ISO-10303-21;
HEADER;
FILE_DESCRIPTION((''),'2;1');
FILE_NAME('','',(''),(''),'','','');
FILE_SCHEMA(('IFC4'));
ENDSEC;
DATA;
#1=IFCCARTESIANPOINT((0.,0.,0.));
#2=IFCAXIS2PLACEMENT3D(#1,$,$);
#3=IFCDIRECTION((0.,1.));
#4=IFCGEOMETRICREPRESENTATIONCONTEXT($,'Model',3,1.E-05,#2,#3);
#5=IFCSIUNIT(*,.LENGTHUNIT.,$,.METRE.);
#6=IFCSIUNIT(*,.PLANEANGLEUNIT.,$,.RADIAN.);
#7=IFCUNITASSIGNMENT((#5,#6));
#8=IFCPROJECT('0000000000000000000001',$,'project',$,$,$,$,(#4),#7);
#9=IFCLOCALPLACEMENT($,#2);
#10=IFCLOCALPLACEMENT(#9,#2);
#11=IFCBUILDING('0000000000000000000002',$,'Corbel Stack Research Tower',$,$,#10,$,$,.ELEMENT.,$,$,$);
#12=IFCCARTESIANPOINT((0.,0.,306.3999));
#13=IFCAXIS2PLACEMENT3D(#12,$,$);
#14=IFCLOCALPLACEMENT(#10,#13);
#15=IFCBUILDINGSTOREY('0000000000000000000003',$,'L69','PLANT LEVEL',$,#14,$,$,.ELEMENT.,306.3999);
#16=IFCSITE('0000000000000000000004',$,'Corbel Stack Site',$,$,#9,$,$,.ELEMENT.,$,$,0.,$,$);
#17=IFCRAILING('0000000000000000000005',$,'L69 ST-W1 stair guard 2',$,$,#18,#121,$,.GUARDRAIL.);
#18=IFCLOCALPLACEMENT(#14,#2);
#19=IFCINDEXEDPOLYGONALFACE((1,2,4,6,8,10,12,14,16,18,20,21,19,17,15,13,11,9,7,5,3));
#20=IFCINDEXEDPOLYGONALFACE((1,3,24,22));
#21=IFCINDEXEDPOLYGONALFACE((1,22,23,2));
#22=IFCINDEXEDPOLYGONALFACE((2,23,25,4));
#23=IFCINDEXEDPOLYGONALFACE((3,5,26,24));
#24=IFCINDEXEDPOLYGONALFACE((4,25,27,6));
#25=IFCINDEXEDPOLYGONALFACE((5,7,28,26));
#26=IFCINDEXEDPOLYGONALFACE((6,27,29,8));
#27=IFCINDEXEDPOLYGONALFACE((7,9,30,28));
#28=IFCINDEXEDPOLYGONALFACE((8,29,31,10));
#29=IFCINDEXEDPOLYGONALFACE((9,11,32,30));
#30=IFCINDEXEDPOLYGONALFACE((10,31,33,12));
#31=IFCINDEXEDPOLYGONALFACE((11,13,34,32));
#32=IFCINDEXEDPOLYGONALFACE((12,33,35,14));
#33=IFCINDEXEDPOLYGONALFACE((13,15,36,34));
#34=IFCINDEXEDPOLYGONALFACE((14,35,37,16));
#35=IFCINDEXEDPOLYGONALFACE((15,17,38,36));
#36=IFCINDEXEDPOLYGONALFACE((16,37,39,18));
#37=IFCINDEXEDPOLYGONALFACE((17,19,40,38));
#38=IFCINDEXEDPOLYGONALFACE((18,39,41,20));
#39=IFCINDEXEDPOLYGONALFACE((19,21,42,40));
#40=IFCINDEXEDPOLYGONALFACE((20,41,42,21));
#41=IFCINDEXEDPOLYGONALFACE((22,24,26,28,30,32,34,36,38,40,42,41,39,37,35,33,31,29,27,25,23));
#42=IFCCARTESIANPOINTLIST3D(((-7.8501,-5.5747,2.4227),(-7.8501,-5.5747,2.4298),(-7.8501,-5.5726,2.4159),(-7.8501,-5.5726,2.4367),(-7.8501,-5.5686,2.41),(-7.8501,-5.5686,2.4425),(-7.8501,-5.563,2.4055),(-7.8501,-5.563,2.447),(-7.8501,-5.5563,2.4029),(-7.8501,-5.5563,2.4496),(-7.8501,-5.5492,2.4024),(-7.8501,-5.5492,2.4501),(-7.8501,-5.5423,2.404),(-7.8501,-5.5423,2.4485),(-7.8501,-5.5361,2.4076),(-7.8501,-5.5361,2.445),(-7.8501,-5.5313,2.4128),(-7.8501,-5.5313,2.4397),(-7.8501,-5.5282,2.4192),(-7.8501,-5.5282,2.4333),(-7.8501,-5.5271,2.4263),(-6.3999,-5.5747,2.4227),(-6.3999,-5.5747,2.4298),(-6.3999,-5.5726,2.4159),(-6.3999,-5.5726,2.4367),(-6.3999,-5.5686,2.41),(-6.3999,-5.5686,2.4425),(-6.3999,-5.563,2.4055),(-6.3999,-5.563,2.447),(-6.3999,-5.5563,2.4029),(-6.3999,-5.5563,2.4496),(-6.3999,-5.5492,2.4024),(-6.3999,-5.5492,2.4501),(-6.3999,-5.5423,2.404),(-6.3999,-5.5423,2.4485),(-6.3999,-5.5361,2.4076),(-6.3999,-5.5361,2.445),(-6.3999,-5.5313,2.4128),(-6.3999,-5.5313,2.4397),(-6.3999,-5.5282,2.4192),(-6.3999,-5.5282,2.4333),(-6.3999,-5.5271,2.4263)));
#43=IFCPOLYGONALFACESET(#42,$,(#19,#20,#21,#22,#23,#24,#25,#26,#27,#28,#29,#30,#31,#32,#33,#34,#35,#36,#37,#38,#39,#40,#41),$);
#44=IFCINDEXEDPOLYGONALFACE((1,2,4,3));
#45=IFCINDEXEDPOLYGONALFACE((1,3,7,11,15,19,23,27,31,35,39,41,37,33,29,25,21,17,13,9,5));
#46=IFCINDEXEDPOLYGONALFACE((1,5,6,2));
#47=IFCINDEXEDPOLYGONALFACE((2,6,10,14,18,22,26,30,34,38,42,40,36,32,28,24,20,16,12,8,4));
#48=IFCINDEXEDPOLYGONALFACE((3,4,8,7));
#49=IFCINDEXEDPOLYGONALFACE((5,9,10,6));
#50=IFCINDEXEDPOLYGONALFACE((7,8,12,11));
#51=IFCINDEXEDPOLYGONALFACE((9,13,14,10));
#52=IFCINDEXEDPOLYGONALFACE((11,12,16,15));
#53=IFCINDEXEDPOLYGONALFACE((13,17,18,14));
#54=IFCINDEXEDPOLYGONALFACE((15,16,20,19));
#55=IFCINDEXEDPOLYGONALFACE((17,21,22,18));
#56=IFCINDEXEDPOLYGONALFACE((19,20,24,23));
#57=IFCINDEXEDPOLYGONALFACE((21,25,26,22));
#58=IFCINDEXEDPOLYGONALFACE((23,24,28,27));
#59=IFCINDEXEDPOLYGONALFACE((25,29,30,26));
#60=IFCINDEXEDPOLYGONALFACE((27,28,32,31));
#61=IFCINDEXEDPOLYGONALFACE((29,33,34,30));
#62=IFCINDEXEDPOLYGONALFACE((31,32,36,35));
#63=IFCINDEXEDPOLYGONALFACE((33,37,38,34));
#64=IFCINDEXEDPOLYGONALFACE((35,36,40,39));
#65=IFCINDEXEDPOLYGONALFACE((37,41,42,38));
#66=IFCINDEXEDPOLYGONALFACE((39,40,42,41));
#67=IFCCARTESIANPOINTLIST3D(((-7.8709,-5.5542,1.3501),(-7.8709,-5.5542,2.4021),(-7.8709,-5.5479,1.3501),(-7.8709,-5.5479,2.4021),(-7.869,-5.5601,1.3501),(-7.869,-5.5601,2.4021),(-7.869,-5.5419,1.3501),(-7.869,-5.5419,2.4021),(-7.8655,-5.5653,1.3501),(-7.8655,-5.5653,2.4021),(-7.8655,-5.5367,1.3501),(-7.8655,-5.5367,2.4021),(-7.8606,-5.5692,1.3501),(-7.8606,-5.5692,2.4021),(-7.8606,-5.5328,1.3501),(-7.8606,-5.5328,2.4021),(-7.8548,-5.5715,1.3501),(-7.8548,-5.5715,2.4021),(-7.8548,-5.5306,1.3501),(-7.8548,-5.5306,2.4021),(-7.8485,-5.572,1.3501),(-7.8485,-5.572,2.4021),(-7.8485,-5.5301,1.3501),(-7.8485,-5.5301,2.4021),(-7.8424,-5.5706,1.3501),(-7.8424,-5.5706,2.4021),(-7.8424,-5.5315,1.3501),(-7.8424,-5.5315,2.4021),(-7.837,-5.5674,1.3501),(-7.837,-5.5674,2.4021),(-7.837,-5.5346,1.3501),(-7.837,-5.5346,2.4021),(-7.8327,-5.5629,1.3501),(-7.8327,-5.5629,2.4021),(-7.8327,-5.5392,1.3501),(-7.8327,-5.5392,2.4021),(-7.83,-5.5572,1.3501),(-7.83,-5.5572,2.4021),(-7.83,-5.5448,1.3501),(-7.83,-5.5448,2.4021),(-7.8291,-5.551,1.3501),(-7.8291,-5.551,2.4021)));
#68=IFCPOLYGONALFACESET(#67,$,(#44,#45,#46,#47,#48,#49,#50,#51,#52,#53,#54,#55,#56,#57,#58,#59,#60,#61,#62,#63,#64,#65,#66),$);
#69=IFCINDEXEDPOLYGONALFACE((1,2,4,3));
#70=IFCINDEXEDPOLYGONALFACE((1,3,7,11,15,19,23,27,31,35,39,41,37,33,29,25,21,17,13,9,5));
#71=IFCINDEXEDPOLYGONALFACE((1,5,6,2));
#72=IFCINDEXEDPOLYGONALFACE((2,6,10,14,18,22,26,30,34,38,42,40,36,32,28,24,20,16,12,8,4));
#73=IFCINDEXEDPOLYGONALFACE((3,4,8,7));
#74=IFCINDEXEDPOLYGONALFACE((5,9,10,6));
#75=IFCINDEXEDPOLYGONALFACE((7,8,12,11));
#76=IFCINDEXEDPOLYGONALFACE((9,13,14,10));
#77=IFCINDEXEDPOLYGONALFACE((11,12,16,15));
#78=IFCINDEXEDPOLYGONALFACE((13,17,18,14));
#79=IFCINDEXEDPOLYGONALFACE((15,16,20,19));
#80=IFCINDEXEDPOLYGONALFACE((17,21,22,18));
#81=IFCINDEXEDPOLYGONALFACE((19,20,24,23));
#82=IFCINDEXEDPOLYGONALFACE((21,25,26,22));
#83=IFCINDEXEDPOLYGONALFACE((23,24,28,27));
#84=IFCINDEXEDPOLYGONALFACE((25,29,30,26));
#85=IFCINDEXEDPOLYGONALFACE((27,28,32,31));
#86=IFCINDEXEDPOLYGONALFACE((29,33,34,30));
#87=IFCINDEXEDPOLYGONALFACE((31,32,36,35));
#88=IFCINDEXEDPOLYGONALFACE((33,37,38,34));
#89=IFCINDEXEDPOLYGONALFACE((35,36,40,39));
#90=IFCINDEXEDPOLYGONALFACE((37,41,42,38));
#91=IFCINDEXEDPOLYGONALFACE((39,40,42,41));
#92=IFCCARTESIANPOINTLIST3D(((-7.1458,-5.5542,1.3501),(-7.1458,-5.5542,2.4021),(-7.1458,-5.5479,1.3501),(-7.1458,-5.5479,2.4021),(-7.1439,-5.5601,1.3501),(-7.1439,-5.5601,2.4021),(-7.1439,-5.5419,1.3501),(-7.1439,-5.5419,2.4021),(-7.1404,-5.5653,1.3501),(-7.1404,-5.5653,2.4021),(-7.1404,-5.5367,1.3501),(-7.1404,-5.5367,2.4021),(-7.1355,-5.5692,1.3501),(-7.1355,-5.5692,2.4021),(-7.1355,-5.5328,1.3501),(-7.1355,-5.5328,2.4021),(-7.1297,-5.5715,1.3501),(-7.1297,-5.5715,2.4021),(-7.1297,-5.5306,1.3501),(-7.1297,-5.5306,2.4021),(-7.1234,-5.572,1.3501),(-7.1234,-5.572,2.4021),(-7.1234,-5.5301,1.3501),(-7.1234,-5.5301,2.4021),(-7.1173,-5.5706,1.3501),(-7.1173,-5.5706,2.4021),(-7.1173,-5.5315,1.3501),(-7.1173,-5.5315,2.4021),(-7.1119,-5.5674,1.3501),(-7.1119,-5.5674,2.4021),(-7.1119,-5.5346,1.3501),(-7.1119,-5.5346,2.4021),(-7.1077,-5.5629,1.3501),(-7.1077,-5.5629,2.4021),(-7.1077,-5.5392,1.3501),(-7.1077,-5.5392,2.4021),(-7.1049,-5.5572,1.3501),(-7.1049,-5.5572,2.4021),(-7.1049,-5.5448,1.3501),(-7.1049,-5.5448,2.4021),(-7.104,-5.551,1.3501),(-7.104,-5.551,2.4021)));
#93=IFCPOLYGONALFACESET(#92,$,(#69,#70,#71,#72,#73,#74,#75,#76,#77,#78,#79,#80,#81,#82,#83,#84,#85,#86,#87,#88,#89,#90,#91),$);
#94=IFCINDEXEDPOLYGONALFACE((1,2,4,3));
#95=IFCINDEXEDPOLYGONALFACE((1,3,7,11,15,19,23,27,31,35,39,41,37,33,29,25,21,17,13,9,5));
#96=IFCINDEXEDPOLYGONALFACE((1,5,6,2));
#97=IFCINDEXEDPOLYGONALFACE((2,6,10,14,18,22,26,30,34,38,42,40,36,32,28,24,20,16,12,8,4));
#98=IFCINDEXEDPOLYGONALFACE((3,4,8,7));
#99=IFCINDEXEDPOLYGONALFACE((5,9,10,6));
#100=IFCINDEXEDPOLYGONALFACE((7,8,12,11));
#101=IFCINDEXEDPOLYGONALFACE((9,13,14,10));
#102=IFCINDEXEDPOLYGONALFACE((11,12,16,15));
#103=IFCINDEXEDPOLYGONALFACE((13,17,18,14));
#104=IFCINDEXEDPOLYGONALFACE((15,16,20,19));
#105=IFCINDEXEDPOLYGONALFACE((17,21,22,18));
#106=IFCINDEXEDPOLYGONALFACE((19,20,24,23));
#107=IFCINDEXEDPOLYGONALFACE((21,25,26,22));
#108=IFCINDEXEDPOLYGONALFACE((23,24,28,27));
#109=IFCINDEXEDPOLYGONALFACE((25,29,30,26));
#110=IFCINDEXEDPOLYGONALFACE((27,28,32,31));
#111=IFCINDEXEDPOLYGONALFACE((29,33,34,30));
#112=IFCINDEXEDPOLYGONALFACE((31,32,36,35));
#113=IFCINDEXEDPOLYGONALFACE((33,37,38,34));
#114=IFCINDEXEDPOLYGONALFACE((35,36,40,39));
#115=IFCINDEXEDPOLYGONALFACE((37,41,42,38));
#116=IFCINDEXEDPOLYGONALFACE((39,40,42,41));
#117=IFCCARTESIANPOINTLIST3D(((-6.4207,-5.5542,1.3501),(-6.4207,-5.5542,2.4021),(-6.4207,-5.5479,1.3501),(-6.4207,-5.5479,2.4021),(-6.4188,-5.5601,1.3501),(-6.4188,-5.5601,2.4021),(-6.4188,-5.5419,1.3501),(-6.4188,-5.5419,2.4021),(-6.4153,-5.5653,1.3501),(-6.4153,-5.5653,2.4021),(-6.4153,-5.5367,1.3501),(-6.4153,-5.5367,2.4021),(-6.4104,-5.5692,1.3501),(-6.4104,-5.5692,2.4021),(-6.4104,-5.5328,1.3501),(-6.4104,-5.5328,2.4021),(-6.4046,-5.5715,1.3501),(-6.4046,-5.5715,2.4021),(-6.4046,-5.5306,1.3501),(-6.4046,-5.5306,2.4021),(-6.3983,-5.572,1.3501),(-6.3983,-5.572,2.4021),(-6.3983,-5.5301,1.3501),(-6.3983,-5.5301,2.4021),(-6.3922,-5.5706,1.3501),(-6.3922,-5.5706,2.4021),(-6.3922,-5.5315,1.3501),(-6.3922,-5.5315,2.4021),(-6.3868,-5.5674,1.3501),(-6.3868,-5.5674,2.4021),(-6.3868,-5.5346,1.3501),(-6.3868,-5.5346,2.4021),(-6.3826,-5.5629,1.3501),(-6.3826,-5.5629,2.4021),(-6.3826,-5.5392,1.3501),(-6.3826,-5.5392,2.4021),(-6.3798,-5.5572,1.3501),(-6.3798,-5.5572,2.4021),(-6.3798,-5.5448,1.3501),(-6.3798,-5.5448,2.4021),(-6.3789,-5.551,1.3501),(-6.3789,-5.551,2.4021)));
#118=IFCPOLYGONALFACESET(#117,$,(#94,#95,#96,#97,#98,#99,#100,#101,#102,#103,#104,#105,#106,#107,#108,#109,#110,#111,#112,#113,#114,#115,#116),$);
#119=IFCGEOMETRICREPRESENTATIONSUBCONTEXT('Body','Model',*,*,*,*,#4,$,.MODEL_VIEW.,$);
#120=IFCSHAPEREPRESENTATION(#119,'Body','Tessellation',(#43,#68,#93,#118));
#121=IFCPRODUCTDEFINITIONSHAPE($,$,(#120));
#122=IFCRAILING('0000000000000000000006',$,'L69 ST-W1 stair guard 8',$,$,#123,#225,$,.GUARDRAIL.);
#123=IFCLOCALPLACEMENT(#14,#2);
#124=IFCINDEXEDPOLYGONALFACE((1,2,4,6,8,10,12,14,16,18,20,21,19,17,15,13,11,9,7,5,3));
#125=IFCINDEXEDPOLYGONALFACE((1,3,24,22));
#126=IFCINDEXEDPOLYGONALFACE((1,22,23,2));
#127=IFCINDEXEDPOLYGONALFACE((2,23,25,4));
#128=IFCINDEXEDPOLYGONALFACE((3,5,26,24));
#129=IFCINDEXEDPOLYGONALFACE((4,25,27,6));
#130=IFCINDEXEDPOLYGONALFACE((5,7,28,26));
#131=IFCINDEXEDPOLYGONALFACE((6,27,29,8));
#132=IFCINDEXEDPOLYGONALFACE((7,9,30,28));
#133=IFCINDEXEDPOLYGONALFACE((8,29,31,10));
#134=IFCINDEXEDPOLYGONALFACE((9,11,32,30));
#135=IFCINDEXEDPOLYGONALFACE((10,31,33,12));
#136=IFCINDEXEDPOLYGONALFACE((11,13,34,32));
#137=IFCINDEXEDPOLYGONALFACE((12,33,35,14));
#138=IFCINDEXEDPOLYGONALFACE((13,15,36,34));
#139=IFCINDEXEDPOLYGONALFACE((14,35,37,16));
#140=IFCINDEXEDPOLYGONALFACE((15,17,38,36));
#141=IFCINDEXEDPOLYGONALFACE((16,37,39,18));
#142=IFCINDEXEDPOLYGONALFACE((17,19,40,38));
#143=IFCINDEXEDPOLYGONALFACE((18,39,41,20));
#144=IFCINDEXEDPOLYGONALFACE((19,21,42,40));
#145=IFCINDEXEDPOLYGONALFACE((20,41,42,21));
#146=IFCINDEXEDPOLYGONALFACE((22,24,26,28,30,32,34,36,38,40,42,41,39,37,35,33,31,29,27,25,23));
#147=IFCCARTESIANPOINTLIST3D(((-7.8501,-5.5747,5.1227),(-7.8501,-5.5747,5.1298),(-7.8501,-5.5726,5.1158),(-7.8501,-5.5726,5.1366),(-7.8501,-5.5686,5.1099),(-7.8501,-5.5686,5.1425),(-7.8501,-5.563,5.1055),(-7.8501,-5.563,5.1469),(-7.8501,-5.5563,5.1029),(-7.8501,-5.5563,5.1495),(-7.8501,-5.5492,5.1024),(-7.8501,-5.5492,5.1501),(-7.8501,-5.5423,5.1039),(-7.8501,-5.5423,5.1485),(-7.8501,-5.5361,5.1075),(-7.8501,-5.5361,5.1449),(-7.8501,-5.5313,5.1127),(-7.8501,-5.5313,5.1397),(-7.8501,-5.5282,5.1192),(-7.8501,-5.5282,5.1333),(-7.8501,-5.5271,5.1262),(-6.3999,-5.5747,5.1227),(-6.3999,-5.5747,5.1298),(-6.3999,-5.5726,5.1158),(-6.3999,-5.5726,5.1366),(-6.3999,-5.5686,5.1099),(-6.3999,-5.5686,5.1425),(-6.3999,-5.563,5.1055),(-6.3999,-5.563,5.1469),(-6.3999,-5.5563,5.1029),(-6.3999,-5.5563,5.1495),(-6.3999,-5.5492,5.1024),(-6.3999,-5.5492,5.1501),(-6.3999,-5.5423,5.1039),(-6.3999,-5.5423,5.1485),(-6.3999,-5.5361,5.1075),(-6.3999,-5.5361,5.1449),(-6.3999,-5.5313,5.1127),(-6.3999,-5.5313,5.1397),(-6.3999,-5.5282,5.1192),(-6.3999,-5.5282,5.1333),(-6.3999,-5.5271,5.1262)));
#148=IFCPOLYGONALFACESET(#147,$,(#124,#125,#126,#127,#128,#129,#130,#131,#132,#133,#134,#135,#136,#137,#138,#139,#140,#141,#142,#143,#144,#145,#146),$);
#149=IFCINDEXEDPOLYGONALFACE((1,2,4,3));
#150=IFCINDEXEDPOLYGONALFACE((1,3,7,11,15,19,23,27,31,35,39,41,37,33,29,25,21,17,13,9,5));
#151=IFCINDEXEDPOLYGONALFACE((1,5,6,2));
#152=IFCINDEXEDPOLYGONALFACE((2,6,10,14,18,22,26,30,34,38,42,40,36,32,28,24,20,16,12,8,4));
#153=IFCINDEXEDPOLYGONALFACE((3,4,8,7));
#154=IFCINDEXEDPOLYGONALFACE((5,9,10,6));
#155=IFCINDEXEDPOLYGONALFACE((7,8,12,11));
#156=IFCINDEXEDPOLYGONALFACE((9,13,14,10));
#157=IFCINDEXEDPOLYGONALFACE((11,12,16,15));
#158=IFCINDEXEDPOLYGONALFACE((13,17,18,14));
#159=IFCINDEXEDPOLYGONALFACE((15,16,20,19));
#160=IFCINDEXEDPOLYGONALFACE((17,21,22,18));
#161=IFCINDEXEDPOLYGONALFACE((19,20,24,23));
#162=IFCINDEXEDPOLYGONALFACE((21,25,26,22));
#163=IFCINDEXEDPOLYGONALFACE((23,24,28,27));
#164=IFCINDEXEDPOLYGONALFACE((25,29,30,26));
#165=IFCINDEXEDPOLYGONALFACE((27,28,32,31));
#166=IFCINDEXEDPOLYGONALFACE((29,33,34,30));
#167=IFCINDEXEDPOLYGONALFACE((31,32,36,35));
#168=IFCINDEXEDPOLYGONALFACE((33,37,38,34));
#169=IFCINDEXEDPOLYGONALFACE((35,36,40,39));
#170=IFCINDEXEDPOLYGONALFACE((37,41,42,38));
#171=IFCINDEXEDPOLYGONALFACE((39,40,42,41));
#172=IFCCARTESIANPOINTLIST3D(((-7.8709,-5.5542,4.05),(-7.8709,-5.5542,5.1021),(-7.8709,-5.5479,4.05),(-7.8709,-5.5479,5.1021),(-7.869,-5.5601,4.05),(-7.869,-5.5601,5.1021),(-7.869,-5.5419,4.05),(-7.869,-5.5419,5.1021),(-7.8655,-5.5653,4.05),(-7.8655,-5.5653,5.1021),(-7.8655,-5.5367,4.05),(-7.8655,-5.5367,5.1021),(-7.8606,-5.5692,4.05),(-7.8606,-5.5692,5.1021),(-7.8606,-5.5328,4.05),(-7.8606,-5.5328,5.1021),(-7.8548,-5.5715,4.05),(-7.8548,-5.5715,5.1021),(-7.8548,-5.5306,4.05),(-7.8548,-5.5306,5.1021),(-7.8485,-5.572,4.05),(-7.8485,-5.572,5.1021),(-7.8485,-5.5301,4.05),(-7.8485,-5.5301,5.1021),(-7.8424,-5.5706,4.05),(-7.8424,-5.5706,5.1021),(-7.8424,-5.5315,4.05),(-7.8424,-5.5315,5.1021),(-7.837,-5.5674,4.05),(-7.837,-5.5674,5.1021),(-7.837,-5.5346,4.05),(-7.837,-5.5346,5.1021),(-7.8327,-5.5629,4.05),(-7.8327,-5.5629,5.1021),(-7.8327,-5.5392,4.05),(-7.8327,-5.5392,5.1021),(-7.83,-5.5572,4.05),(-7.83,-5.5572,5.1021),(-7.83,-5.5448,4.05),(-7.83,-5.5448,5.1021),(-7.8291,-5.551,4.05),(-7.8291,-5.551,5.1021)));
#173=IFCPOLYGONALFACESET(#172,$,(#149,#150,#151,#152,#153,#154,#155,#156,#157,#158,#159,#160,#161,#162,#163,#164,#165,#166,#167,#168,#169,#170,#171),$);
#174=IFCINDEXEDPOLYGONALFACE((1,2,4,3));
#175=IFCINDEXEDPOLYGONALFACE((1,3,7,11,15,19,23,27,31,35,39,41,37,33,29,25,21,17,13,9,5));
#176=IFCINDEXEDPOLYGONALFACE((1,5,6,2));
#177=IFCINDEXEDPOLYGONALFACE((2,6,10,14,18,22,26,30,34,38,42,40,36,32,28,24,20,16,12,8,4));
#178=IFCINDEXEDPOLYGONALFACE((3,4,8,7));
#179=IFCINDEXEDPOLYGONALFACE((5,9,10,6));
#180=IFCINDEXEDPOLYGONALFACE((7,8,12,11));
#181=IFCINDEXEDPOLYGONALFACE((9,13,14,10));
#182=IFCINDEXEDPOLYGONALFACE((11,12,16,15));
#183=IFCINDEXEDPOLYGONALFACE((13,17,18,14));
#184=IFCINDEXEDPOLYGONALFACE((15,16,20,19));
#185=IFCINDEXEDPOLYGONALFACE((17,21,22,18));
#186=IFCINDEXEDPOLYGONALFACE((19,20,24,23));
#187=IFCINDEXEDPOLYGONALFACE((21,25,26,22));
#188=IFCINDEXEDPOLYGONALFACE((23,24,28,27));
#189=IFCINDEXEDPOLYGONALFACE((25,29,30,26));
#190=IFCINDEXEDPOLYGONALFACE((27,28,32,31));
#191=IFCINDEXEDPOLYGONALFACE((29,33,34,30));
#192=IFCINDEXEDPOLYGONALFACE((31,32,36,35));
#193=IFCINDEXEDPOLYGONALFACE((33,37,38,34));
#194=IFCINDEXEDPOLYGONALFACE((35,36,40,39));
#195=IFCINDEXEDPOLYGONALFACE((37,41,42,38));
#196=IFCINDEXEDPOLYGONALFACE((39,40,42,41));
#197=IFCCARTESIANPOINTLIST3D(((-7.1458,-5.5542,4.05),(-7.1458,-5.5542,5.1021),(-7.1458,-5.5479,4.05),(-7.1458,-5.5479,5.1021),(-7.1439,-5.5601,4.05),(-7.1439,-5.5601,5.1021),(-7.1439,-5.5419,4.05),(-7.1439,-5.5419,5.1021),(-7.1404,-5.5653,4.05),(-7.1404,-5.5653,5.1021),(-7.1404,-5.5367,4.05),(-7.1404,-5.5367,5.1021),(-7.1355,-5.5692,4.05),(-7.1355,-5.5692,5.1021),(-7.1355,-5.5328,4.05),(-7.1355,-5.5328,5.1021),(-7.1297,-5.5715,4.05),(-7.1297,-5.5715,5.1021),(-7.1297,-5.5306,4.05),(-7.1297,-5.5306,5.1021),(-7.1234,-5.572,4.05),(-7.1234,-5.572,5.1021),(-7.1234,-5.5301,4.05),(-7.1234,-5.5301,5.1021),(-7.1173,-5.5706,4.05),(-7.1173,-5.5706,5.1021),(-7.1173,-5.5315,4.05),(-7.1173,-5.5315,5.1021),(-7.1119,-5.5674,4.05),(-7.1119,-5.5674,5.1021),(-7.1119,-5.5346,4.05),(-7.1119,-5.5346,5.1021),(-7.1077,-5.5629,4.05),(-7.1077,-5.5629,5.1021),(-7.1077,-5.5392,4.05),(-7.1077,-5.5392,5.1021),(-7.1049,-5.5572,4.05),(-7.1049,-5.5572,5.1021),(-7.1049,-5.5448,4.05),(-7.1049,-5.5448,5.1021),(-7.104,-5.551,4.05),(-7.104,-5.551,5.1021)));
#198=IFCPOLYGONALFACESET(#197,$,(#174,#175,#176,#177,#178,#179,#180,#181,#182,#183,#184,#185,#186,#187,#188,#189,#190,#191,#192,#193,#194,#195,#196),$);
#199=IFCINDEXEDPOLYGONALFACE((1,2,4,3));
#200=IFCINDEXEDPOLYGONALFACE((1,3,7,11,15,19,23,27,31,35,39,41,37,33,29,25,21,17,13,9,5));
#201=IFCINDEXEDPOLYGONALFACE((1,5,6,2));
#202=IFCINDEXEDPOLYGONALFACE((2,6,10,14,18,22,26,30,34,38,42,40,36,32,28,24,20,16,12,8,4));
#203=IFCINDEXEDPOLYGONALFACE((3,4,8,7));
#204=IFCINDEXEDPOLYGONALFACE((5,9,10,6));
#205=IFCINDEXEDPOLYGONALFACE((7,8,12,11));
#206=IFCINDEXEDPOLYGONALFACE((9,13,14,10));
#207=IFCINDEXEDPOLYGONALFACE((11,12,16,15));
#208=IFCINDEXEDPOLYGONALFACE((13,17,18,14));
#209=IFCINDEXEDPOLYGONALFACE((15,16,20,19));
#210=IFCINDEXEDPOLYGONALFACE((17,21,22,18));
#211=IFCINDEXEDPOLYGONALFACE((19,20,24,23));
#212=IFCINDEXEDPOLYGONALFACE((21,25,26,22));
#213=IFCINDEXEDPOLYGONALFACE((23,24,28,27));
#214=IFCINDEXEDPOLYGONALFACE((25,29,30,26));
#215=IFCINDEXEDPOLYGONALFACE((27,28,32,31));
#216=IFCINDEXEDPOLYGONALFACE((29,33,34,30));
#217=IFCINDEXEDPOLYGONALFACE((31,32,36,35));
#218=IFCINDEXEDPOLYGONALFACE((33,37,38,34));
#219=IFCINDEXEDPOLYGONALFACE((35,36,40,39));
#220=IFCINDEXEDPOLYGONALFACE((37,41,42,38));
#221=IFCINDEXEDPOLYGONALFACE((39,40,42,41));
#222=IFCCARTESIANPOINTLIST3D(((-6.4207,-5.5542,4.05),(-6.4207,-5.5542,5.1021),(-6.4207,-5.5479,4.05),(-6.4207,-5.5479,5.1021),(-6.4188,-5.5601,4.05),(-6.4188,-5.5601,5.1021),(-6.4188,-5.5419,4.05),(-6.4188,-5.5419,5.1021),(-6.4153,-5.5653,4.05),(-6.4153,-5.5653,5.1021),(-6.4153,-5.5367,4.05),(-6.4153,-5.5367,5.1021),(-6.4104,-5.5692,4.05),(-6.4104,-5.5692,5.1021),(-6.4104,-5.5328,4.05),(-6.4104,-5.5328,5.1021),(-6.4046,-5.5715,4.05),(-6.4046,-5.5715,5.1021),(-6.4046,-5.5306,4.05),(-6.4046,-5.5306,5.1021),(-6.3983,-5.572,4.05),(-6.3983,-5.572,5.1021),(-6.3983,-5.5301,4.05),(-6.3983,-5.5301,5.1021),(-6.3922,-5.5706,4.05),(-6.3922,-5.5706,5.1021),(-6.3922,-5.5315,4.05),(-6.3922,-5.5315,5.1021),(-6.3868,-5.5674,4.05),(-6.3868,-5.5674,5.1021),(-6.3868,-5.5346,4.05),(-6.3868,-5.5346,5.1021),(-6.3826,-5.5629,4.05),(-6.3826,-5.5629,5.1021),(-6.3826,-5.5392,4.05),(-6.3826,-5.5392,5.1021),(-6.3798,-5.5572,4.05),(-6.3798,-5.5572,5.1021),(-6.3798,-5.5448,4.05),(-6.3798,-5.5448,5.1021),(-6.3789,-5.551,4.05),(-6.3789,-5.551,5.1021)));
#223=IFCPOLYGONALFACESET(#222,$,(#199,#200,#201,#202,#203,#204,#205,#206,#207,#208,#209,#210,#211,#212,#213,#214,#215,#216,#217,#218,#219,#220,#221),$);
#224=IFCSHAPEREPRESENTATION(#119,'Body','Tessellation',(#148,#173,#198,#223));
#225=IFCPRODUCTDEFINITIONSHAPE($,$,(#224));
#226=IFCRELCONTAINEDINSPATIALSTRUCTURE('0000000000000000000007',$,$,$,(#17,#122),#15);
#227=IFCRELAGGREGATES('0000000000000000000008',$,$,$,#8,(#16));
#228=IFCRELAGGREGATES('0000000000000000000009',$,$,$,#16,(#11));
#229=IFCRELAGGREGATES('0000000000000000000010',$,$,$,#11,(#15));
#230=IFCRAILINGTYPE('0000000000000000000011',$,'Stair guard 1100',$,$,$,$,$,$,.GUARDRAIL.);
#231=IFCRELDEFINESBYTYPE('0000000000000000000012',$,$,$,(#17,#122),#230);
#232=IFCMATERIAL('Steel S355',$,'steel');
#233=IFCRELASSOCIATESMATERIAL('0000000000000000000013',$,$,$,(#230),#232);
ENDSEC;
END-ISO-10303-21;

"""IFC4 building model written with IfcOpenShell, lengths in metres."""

from ifc_helpers import new_model, si_unit, direction, frame, origin, origin_2d, place, context, subcontext, project, spatial, circle, extrude, material, type_object, element, save


model = new_model("IFC4")

# Units and contexts
model_context = context("Model", 3, precision=1e-05, world=origin(), true_north=direction((0.0, 1.0)))
body_context = subcontext(model_context, "Body", "Model", "MODEL_VIEW")
ifc_project = project(units=[si_unit("LENGTHUNIT", "METRE"), si_unit("PLANEANGLEUNIT", "RADIAN")], contexts=[model_context])

# Site, building, storey
site_placement = place(None, origin())
site = spatial("IfcSite", under=ifc_project, at=site_placement, Name="Corbel Stack Site", CompositionType="ELEMENT", RefElevation=0.0)
building_placement = place(site_placement, origin())
building = spatial("IfcBuilding", under=site, at=building_placement, Name="Corbel Stack Research Tower", CompositionType="ELEMENT")
storey_placement = place(building_placement, frame((0.0, 0.0, 306.3999)))
storey = spatial("IfcBuildingStorey", under=building, at=storey_placement, Name="L69", Description="PLANT LEVEL", CompositionType="ELEMENT", Elevation=306.3999)

# Railings
ifc_material_1 = material(Name="Steel S355", Category="steel")
railing_type = type_object("IfcRailingType", Name="Stair guard 1100", PredefinedType="GUARDRAIL", material=ifc_material_1)
for number, where, name in (
    (1, (-7.8501, -5.551, 1.3501), "L69 ST-W1 stair guard 2"),
    (2, (-7.8501, -5.551, 4.05), "L69 ST-W1 stair guard 8"),
):
    element("IfcRailing", number, at=place(storey_placement, frame(where)), inside=storey, type_object=railing_type, Name=name, PredefinedType="GUARDRAIL", context=body_context, shape_type="SweptSolid", body=[
        extrude(circle(Radius=0.0239, at=origin_2d()), frame((0.0, 0.0, 1.0762), z_axis=(1.0, 0.0, 0.0), x_axis=(0.0, 1.0, 0.0)), (0.0, 0.0, 1.0), 1.4502),
        extrude(circle(Radius=0.021, at=origin_2d()), origin(), (0.0, 0.0, 1.0), 1.052),
        extrude(circle(Radius=0.021, at=origin_2d()), frame((0.7251, 0.0, 0.0)), (0.0, 0.0, 1.0), 1.052),
        extrude(circle(Radius=0.021, at=origin_2d()), frame((1.4502, 0.0, 0.0)), (0.0, 0.0, 1.0), 1.052),
    ])

save(model, "model.ifc")
